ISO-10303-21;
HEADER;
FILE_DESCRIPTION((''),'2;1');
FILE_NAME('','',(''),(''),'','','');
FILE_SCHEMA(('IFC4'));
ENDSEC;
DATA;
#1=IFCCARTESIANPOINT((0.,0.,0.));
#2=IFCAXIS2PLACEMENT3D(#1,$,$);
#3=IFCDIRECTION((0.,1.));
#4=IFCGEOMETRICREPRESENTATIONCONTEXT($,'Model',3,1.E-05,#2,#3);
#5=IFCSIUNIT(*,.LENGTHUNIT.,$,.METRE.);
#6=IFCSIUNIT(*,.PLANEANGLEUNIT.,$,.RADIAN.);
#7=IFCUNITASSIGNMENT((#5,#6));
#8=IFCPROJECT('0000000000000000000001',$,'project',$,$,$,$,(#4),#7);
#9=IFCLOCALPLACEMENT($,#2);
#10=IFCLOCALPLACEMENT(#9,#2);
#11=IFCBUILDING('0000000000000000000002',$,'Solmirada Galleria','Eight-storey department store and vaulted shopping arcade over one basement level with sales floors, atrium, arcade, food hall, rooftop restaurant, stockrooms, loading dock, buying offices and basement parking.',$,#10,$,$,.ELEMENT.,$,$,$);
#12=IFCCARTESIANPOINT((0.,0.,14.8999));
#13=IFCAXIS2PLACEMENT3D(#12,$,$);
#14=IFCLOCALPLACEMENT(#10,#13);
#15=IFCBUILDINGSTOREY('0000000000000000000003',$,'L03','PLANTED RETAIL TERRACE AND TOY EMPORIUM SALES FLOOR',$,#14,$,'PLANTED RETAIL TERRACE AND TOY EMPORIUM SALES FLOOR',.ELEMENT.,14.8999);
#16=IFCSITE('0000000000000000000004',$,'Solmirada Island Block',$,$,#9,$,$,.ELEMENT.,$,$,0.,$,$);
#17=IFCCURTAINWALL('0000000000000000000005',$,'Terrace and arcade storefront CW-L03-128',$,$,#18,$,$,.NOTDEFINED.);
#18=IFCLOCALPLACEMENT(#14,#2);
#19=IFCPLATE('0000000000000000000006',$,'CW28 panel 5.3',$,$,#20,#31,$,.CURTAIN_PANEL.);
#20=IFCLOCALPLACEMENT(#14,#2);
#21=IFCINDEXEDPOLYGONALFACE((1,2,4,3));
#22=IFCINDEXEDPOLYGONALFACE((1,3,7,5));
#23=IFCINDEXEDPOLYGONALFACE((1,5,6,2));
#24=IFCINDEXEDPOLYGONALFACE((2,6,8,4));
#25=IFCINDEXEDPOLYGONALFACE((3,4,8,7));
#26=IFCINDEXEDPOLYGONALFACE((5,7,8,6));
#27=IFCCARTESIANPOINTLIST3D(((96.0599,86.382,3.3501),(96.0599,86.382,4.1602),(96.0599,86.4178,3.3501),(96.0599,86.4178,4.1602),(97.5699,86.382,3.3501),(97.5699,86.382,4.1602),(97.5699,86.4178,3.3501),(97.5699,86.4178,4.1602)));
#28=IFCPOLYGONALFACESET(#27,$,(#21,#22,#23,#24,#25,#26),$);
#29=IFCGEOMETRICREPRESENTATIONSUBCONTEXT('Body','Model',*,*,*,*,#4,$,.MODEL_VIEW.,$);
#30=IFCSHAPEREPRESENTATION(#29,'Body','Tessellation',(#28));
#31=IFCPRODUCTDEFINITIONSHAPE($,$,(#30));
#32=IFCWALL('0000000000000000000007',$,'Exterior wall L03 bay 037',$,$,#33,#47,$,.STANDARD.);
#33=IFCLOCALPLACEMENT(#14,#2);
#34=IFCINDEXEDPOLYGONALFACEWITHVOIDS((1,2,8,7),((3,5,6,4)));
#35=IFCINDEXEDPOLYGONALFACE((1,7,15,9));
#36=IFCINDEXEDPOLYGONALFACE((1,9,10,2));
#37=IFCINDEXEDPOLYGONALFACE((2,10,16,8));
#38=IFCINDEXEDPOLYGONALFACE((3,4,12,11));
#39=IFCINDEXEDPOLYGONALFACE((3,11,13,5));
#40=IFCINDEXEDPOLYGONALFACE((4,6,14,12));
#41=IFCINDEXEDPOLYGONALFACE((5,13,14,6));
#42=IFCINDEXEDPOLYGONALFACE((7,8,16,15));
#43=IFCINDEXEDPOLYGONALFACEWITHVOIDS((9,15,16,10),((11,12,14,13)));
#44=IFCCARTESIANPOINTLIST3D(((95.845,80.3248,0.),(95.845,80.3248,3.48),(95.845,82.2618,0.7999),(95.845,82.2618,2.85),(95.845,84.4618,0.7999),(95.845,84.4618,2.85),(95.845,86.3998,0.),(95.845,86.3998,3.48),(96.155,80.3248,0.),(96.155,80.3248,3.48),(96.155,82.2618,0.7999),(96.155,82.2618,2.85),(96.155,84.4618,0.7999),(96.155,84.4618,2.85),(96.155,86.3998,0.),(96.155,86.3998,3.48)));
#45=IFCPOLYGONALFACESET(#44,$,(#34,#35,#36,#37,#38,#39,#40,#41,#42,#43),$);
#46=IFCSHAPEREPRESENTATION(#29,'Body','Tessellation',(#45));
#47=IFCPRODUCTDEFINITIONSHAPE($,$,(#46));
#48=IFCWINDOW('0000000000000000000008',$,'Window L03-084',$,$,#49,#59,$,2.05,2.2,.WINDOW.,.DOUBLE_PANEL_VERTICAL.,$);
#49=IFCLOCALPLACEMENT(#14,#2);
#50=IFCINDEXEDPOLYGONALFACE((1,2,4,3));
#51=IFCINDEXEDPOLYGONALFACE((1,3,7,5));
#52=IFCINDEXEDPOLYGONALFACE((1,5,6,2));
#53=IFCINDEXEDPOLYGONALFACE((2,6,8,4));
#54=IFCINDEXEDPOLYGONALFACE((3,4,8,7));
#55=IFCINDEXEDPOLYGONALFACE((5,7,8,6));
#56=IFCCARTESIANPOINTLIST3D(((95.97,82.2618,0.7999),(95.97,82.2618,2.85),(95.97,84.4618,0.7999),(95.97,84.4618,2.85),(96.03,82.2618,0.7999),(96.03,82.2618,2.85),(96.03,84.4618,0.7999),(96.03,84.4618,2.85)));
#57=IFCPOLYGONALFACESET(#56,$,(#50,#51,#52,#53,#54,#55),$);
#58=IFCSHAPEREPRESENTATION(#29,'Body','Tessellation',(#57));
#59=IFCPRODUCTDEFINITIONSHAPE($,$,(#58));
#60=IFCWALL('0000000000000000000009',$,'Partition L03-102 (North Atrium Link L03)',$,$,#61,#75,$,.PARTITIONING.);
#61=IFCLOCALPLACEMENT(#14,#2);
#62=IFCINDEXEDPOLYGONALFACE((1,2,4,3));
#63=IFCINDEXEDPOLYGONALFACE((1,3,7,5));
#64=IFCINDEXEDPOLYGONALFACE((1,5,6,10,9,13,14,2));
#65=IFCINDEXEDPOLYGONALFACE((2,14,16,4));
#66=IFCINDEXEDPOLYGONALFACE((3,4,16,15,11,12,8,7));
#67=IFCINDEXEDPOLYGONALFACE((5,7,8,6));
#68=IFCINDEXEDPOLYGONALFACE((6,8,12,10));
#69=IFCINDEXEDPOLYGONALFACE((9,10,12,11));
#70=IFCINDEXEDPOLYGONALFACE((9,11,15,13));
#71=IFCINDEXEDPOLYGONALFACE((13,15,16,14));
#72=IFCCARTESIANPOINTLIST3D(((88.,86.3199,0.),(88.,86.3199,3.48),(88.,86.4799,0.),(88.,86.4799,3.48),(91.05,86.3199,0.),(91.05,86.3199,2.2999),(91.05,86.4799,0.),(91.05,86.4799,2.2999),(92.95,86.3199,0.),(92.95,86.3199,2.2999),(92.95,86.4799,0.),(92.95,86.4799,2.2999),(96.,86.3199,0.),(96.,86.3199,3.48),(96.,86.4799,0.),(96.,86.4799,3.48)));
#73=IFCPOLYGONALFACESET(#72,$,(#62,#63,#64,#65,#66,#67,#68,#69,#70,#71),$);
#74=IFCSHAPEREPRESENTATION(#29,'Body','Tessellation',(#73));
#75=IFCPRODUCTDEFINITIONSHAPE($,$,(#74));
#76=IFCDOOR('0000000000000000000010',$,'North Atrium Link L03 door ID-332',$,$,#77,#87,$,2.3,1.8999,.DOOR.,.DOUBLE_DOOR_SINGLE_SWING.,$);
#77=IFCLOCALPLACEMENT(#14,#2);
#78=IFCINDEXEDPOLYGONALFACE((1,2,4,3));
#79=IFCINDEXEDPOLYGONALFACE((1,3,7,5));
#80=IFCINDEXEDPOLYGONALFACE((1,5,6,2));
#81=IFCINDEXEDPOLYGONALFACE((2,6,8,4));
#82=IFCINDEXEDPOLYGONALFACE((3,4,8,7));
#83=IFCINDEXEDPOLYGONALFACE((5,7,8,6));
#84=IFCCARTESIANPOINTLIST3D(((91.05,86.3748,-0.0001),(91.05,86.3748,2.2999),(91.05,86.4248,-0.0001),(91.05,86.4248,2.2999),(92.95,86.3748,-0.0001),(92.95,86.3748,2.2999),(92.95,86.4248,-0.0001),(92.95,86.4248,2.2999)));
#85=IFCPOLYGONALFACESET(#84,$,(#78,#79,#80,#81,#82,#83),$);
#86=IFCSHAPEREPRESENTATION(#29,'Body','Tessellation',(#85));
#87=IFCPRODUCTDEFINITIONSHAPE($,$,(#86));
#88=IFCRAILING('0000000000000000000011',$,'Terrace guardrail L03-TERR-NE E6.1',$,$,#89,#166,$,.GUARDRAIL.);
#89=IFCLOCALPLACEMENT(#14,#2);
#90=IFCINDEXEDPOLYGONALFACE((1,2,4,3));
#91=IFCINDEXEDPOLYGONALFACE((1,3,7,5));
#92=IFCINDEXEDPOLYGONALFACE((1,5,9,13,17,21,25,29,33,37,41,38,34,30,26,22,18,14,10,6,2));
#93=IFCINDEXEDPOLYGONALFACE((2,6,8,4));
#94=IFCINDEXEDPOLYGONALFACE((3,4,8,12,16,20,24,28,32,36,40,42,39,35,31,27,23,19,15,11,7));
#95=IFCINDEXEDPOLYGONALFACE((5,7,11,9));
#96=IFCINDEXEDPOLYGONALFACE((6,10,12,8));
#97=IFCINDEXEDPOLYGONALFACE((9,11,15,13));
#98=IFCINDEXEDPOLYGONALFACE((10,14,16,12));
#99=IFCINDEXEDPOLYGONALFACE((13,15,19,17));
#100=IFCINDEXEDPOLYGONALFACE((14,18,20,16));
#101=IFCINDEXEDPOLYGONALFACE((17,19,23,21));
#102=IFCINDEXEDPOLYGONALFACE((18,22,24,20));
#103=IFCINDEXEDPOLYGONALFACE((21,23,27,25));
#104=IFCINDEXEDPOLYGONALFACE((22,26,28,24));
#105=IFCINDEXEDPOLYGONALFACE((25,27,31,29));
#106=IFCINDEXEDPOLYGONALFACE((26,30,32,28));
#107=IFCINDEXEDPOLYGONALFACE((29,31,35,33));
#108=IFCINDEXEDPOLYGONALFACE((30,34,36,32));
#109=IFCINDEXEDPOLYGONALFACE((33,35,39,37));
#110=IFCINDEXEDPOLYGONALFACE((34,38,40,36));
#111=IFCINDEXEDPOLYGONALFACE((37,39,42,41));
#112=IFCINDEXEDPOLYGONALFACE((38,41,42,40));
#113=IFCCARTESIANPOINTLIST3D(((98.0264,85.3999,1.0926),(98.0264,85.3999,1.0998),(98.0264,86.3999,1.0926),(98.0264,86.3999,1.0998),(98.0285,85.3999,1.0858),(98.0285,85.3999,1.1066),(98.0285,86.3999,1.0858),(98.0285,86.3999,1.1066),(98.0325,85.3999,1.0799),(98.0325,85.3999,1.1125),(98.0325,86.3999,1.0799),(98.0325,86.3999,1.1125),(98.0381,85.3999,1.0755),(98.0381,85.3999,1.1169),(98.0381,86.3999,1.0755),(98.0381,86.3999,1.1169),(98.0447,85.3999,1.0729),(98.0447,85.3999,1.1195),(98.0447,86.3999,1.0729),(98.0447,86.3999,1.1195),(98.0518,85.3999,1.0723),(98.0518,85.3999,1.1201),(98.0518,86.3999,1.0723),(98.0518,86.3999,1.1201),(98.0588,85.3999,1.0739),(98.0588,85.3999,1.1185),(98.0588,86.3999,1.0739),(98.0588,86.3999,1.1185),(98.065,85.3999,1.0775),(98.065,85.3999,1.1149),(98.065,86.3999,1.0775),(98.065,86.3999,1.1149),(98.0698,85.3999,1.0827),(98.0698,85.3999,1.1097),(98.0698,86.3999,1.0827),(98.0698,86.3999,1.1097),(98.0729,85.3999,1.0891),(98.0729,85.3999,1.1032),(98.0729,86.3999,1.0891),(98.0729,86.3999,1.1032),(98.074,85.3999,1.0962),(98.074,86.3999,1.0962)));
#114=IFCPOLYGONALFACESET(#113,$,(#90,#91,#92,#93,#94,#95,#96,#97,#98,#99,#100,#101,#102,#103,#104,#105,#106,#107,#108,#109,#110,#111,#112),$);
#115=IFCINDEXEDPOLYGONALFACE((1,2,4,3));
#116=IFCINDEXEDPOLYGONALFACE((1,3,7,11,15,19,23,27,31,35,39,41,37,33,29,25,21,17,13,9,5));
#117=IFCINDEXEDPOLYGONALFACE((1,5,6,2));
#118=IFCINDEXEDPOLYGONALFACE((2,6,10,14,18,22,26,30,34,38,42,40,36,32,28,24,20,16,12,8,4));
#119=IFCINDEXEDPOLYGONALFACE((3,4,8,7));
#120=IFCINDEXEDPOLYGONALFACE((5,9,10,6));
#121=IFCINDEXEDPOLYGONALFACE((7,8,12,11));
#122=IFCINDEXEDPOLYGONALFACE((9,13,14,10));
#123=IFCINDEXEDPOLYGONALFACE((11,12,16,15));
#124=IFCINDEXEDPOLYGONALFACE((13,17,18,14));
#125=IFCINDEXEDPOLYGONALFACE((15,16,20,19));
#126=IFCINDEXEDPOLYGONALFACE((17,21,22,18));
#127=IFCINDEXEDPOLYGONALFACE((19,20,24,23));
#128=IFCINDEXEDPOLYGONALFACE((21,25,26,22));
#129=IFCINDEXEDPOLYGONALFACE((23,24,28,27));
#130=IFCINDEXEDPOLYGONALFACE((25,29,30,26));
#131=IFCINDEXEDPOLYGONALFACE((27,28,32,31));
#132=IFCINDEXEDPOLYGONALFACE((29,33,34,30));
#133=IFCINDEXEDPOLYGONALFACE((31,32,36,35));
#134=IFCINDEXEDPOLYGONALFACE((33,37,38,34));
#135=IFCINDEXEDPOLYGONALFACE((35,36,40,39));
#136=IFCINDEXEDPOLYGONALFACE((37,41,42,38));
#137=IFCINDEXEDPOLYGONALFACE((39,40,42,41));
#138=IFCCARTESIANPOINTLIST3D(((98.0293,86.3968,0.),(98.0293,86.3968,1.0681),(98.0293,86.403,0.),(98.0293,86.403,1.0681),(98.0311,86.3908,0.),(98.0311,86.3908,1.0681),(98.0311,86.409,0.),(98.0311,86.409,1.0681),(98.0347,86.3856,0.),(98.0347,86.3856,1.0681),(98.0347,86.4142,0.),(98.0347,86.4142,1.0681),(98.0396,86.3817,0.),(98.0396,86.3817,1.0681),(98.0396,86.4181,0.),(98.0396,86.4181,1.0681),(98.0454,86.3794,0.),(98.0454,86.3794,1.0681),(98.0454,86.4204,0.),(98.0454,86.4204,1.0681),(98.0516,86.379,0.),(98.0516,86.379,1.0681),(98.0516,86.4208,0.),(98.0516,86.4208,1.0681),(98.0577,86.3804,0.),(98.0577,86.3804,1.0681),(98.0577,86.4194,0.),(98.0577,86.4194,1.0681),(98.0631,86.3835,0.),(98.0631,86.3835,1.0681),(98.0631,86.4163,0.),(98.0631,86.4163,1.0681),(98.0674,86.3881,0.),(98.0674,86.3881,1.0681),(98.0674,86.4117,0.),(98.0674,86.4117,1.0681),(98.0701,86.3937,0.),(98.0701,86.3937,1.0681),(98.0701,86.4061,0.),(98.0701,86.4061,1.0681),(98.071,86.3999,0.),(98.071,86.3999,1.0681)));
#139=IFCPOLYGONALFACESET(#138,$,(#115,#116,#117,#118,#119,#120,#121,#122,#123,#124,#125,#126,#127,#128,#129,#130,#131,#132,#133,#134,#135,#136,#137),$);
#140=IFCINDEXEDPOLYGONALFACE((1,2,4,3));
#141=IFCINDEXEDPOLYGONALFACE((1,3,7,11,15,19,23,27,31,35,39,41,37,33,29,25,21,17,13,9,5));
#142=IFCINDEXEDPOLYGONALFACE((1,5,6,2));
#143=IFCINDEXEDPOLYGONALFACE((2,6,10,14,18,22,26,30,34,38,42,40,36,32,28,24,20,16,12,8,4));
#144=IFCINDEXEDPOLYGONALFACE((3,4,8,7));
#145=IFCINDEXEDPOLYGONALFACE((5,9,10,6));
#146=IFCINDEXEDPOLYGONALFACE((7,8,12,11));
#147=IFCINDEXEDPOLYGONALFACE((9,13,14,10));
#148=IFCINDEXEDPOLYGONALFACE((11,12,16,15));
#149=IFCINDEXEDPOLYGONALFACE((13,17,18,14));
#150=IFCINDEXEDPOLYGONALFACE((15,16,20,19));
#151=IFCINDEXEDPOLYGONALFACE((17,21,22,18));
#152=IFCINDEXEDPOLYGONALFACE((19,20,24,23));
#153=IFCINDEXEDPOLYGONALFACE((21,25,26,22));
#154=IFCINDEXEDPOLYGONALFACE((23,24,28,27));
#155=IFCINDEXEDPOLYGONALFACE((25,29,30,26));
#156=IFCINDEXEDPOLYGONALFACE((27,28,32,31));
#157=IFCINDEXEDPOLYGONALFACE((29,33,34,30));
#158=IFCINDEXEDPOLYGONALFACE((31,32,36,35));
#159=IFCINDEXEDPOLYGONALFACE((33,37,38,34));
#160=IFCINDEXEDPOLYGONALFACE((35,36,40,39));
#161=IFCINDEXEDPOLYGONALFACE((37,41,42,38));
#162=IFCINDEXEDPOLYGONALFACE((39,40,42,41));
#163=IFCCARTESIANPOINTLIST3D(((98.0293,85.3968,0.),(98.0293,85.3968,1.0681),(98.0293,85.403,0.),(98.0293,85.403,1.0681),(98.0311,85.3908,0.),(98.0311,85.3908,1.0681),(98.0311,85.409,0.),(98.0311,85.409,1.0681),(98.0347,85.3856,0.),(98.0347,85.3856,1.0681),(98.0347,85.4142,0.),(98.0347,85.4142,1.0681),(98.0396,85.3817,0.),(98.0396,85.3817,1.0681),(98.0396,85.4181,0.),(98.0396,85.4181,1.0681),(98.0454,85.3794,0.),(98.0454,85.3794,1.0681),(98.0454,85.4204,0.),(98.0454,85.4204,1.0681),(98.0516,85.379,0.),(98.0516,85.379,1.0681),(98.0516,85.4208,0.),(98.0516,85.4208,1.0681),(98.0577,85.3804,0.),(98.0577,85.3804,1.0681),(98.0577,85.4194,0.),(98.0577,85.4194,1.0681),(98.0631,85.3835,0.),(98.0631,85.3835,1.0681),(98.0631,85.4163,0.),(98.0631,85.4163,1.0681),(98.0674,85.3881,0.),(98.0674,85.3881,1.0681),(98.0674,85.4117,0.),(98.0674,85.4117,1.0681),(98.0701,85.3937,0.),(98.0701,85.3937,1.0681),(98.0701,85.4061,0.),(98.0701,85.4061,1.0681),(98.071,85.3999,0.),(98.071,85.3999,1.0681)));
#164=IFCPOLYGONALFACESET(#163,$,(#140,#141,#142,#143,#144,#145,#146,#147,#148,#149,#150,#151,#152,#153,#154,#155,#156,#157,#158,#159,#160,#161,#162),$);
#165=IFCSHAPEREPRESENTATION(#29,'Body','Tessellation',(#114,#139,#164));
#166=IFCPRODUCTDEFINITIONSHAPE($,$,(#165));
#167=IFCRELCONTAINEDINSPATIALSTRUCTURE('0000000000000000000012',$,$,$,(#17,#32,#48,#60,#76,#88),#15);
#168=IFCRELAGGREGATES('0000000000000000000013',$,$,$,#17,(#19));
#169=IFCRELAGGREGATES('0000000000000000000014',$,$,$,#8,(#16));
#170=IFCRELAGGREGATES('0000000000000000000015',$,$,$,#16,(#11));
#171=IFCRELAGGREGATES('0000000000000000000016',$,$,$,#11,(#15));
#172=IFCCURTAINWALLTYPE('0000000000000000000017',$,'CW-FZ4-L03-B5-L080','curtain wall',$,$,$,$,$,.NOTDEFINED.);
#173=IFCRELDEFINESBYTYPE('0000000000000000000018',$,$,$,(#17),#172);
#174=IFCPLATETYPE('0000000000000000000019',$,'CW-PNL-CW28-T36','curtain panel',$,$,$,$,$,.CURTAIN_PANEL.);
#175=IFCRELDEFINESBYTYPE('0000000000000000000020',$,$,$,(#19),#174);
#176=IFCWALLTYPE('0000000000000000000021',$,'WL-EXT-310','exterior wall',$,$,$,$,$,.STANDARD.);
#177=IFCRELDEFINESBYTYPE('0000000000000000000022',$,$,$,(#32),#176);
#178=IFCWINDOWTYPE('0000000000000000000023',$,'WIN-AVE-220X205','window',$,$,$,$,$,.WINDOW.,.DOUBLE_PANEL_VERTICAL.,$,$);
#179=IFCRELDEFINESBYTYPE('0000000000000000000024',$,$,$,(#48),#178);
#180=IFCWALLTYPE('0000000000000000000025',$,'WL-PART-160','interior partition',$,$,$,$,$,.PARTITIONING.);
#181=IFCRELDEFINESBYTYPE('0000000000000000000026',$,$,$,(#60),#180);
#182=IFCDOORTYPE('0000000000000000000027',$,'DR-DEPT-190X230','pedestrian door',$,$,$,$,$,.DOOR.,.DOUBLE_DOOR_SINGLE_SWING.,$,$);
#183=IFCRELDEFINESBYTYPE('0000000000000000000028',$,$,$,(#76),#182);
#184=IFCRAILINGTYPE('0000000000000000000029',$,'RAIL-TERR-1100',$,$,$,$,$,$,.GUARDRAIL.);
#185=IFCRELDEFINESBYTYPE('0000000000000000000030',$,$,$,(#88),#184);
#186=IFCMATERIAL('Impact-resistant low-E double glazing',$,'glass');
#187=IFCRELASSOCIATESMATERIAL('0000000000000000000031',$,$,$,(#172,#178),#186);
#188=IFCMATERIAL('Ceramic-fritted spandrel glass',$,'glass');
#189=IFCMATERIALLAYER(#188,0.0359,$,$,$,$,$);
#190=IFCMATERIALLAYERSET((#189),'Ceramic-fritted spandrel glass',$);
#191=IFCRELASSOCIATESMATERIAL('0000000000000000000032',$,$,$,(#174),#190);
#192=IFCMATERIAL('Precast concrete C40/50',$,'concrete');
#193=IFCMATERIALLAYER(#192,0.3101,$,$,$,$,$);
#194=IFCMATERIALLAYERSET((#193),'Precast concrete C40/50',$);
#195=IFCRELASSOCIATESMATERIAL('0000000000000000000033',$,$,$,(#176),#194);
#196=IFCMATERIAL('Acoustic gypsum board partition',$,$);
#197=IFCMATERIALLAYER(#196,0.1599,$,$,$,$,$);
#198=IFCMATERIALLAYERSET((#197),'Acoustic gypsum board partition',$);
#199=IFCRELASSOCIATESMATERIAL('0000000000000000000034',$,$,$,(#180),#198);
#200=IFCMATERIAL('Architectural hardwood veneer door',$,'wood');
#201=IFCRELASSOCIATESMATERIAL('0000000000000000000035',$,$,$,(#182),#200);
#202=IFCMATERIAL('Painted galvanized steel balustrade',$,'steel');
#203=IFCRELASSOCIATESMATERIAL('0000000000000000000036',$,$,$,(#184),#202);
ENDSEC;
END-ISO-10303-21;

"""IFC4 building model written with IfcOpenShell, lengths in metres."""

from ifc_helpers import new_model, si_unit, direction, frame, frame_2d, origin, origin_2d, place, context, subcontext, project, spatial, rectangle, circle, extrude, material, layer, layer_set, type_object, element, fill, aggregate, save


model = new_model("IFC4")

# Units and contexts
model_context = context("Model", 3, precision=1e-05, world=origin(), true_north=direction((0.0, 1.0)))
body_context = subcontext(model_context, "Body", "Model", "MODEL_VIEW")
ifc_project = project(units=[si_unit("LENGTHUNIT", "METRE"), si_unit("PLANEANGLEUNIT", "RADIAN")], contexts=[model_context])

# Site, building, storey
site_placement = place(None, origin())
site = spatial("IfcSite", under=ifc_project, at=site_placement, Name="Solmirada Island Block", CompositionType="ELEMENT", RefElevation=0.0)
building_placement = place(site_placement, origin())
building = spatial("IfcBuilding", under=site, at=building_placement, Name="Solmirada Galleria", Description="Eight-storey department store and vaulted shopping arcade over one basement level with sales floors, atrium, arcade, food hall, rooftop restaurant, stockrooms, loading dock, buying offices and basement parking.", CompositionType="ELEMENT")
storey_placement = place(building_placement, frame((0.0, 0.0, 14.8999)))
storey = spatial("IfcBuildingStorey", under=building, at=storey_placement, Name="L03", Description="PLANTED RETAIL TERRACE AND TOY EMPORIUM SALES FLOOR", LongName="PLANTED RETAIL TERRACE AND TOY EMPORIUM SALES FLOOR", CompositionType="ELEMENT", Elevation=14.8999)

# Shared definitions
ifc_material_1 = material(Name="Impact-resistant low-E double glazing", Category="glass")
curtain_wall_type = type_object("IfcCurtainWallType", Name="CW-FZ4-L03-B5-L080", Description="curtain wall", PredefinedType="NOTDEFINED", material=ifc_material_1)

# Curtain wall
curtain_wall_1_placement = place(storey_placement, origin())
curtain_wall_1 = element("IfcCurtainWall", 1, at=curtain_wall_1_placement, inside=storey, type_object=curtain_wall_type, Name="Terrace and arcade storefront CW-L03-128", PredefinedType="NOTDEFINED")

# Plate
ifc_material_2 = material(Name="Ceramic-fritted spandrel glass", Category="glass")
ifc_layer_1 = layer(ifc_material_2, 0.0359)
ifc_layer_set_1 = layer_set([ifc_layer_1], Name="Ceramic-fritted spandrel glass")
plate_type = type_object("IfcPlateType", Name="CW-PNL-CW28-T36", Description="curtain panel", PredefinedType="CURTAIN_PANEL", material=ifc_layer_set_1)
plate_1_placement = place(storey_placement, frame((96.8149, 86.3999, 3.3501), z_axis=(0.0, 0.0, 1.0), x_axis=(-1.0, 0.0, 0.0)))
plate_1 = element("IfcPlate", 2, at=plate_1_placement, type_object=plate_type, Name="CW28 panel 5.3", PredefinedType="CURTAIN_PANEL", context=body_context, shape_type="SweptSolid", body=[
    extrude(rectangle(XDim=1.51, YDim=0.0359, at=origin_2d()), origin(), (0.0, 0.0, 1.0), 0.8101),
])
aggregate(curtain_wall_1, [plate_1])

# Wall, opening, window
ifc_material_3 = material(Name="Precast concrete C40/50", Category="concrete")
ifc_layer_2 = layer(ifc_material_3, 0.3101)
ifc_layer_set_2 = layer_set([ifc_layer_2], Name="Precast concrete C40/50")
wall_type_1 = type_object("IfcWallType", Name="WL-EXT-310", Description="exterior wall", PredefinedType="STANDARD", material=ifc_layer_set_2)
wall_1_placement = place(storey_placement, frame((96.0, 86.3999, 0.0), z_axis=(0.0, 0.0, 1.0), x_axis=(0.0, -1.0, 0.0)))
wall_1 = element("IfcWall", 3, at=wall_1_placement, inside=storey, type_object=wall_type_1, Name="Exterior wall L03 bay 037", PredefinedType="STANDARD", context=body_context, shape_type="SweptSolid", body=[
    extrude(rectangle(XDim=6.075, YDim=0.3101, at=frame_2d((3.0376, 0.0))), origin(), (0.0, 0.0, 1.0), 3.48),
])
opening_1_placement = place(wall_1_placement, frame((1.938, 0.0, 0.8)))
opening_1 = element("IfcOpeningElement", 4, at=opening_1_placement, cuts=wall_1, PredefinedType="OPENING", context=body_context, shape_type="SweptSolid", body=[
    extrude(rectangle(XDim=2.2, YDim=2.05, at=frame_2d((1.1001, 1.0249))), frame((0.0, 0.165, 0.0), z_axis=(0.0, -1.0, 0.0), x_axis=(1.0, 0.0, 0.0)), (0.0, 0.0, 1.0), 0.3301),
])
window_type = type_object("IfcWindowType", Name="WIN-AVE-220X205", Description="window", PartitioningType="DOUBLE_PANEL_VERTICAL", PredefinedType="WINDOW", material=ifc_material_1)
window_placement = place(opening_1_placement, origin())
window = element("IfcWindow", 5, at=window_placement, inside=storey, type_object=window_type, Name="Window L03-084", OverallHeight=2.05, OverallWidth=2.2, PartitioningType="DOUBLE_PANEL_VERTICAL", PredefinedType="WINDOW", context=body_context, shape_type="SweptSolid", body=[
    extrude(rectangle(XDim=2.2, YDim=2.05, at=frame_2d((1.1001, 1.0249))), frame((0.0, 0.03, 0.0), z_axis=(0.0, -1.0, 0.0), x_axis=(1.0, 0.0, 0.0)), (0.0, 0.0, 1.0), 0.0601),
])
fill(opening_1, window)

# Wall, opening, door
ifc_material_4 = material(Name="Acoustic gypsum board partition")
ifc_layer_3 = layer(ifc_material_4, 0.1599)
ifc_layer_set_3 = layer_set([ifc_layer_3], Name="Acoustic gypsum board partition")
wall_type_2 = type_object("IfcWallType", Name="WL-PART-160", Description="interior partition", PredefinedType="PARTITIONING", material=ifc_layer_set_3)
wall_2_placement = place(storey_placement, frame((88.0, 86.3999, 0.0), z_axis=(0.0, 0.0, 1.0), x_axis=(1.0, 0.0, 0.0)))
wall_2 = element("IfcWall", 6, at=wall_2_placement, inside=storey, type_object=wall_type_2, Name="Partition L03-102 (North Atrium Link L03)", PredefinedType="PARTITIONING", context=body_context, shape_type="SweptSolid", body=[
    extrude(rectangle(XDim=8.0, YDim=0.1599, at=frame_2d((4.0, 0.0))), origin(), (0.0, 0.0, 1.0), 3.48),
])
opening_2_placement = place(wall_2_placement, frame((3.05, 0.0, 0.0)))
opening_2 = element("IfcOpeningElement", 7, at=opening_2_placement, cuts=wall_2, PredefinedType="OPENING", context=body_context, shape_type="SweptSolid", body=[
    extrude(rectangle(XDim=1.8999, YDim=2.3, at=frame_2d((0.95, 1.1499))), frame((0.0, 0.0898, 0.0), z_axis=(0.0, -1.0, 0.0), x_axis=(1.0, 0.0, 0.0)), (0.0, 0.0, 1.0), 0.1799),
])
ifc_material_5 = material(Name="Architectural hardwood veneer door", Category="wood")
door_type = type_object("IfcDoorType", Name="DR-DEPT-190X230", Description="pedestrian door", OperationType="DOUBLE_DOOR_SINGLE_SWING", PredefinedType="DOOR", material=ifc_material_5)
door_placement = place(opening_2_placement, origin())
door = element("IfcDoor", 8, at=door_placement, inside=storey, type_object=door_type, Name="North Atrium Link L03 door ID-332", OperationType="DOUBLE_DOOR_SINGLE_SWING", OverallHeight=2.3, OverallWidth=1.8999, PredefinedType="DOOR", context=body_context, shape_type="SweptSolid", body=[
    extrude(rectangle(XDim=1.8999, YDim=2.3, at=frame_2d((0.95, 1.1499))), frame((0.0, 0.0249, 0.0), z_axis=(0.0, -1.0, 0.0), x_axis=(1.0, 0.0, 0.0)), (0.0, 0.0, 1.0), 0.05),
])
fill(opening_2, door)

# Railing
ifc_material_6 = material(Name="Painted galvanized steel balustrade", Category="steel")
railing_type = type_object("IfcRailingType", Name="RAIL-TERR-1100", PredefinedType="GUARDRAIL", material=ifc_material_6)
railing_placement = place(storey_placement, frame((98.05, 86.3999, 0.0)))
element("IfcRailing", 9, at=railing_placement, inside=storey, type_object=railing_type, Name="Terrace guardrail L03-TERR-NE E6.1", PredefinedType="GUARDRAIL", context=body_context, shape_type="SweptSolid", body=[
    extrude(circle(Radius=0.0239, at=origin_2d()), frame((0.0, 0.0, 1.0962), z_axis=(0.0, -1.0, 0.0), x_axis=(1.0, 0.0, 0.0)), (0.0, 0.0, 1.0), 1.0),
    extrude(circle(Radius=0.021, at=origin_2d()), origin(), (0.0, 0.0, 1.0), 1.0681),
    extrude(circle(Radius=0.021, at=origin_2d()), frame((0.0, -1.0, 0.0)), (0.0, 0.0, 1.0), 1.0681),
])

save(model, "model.ifc")
